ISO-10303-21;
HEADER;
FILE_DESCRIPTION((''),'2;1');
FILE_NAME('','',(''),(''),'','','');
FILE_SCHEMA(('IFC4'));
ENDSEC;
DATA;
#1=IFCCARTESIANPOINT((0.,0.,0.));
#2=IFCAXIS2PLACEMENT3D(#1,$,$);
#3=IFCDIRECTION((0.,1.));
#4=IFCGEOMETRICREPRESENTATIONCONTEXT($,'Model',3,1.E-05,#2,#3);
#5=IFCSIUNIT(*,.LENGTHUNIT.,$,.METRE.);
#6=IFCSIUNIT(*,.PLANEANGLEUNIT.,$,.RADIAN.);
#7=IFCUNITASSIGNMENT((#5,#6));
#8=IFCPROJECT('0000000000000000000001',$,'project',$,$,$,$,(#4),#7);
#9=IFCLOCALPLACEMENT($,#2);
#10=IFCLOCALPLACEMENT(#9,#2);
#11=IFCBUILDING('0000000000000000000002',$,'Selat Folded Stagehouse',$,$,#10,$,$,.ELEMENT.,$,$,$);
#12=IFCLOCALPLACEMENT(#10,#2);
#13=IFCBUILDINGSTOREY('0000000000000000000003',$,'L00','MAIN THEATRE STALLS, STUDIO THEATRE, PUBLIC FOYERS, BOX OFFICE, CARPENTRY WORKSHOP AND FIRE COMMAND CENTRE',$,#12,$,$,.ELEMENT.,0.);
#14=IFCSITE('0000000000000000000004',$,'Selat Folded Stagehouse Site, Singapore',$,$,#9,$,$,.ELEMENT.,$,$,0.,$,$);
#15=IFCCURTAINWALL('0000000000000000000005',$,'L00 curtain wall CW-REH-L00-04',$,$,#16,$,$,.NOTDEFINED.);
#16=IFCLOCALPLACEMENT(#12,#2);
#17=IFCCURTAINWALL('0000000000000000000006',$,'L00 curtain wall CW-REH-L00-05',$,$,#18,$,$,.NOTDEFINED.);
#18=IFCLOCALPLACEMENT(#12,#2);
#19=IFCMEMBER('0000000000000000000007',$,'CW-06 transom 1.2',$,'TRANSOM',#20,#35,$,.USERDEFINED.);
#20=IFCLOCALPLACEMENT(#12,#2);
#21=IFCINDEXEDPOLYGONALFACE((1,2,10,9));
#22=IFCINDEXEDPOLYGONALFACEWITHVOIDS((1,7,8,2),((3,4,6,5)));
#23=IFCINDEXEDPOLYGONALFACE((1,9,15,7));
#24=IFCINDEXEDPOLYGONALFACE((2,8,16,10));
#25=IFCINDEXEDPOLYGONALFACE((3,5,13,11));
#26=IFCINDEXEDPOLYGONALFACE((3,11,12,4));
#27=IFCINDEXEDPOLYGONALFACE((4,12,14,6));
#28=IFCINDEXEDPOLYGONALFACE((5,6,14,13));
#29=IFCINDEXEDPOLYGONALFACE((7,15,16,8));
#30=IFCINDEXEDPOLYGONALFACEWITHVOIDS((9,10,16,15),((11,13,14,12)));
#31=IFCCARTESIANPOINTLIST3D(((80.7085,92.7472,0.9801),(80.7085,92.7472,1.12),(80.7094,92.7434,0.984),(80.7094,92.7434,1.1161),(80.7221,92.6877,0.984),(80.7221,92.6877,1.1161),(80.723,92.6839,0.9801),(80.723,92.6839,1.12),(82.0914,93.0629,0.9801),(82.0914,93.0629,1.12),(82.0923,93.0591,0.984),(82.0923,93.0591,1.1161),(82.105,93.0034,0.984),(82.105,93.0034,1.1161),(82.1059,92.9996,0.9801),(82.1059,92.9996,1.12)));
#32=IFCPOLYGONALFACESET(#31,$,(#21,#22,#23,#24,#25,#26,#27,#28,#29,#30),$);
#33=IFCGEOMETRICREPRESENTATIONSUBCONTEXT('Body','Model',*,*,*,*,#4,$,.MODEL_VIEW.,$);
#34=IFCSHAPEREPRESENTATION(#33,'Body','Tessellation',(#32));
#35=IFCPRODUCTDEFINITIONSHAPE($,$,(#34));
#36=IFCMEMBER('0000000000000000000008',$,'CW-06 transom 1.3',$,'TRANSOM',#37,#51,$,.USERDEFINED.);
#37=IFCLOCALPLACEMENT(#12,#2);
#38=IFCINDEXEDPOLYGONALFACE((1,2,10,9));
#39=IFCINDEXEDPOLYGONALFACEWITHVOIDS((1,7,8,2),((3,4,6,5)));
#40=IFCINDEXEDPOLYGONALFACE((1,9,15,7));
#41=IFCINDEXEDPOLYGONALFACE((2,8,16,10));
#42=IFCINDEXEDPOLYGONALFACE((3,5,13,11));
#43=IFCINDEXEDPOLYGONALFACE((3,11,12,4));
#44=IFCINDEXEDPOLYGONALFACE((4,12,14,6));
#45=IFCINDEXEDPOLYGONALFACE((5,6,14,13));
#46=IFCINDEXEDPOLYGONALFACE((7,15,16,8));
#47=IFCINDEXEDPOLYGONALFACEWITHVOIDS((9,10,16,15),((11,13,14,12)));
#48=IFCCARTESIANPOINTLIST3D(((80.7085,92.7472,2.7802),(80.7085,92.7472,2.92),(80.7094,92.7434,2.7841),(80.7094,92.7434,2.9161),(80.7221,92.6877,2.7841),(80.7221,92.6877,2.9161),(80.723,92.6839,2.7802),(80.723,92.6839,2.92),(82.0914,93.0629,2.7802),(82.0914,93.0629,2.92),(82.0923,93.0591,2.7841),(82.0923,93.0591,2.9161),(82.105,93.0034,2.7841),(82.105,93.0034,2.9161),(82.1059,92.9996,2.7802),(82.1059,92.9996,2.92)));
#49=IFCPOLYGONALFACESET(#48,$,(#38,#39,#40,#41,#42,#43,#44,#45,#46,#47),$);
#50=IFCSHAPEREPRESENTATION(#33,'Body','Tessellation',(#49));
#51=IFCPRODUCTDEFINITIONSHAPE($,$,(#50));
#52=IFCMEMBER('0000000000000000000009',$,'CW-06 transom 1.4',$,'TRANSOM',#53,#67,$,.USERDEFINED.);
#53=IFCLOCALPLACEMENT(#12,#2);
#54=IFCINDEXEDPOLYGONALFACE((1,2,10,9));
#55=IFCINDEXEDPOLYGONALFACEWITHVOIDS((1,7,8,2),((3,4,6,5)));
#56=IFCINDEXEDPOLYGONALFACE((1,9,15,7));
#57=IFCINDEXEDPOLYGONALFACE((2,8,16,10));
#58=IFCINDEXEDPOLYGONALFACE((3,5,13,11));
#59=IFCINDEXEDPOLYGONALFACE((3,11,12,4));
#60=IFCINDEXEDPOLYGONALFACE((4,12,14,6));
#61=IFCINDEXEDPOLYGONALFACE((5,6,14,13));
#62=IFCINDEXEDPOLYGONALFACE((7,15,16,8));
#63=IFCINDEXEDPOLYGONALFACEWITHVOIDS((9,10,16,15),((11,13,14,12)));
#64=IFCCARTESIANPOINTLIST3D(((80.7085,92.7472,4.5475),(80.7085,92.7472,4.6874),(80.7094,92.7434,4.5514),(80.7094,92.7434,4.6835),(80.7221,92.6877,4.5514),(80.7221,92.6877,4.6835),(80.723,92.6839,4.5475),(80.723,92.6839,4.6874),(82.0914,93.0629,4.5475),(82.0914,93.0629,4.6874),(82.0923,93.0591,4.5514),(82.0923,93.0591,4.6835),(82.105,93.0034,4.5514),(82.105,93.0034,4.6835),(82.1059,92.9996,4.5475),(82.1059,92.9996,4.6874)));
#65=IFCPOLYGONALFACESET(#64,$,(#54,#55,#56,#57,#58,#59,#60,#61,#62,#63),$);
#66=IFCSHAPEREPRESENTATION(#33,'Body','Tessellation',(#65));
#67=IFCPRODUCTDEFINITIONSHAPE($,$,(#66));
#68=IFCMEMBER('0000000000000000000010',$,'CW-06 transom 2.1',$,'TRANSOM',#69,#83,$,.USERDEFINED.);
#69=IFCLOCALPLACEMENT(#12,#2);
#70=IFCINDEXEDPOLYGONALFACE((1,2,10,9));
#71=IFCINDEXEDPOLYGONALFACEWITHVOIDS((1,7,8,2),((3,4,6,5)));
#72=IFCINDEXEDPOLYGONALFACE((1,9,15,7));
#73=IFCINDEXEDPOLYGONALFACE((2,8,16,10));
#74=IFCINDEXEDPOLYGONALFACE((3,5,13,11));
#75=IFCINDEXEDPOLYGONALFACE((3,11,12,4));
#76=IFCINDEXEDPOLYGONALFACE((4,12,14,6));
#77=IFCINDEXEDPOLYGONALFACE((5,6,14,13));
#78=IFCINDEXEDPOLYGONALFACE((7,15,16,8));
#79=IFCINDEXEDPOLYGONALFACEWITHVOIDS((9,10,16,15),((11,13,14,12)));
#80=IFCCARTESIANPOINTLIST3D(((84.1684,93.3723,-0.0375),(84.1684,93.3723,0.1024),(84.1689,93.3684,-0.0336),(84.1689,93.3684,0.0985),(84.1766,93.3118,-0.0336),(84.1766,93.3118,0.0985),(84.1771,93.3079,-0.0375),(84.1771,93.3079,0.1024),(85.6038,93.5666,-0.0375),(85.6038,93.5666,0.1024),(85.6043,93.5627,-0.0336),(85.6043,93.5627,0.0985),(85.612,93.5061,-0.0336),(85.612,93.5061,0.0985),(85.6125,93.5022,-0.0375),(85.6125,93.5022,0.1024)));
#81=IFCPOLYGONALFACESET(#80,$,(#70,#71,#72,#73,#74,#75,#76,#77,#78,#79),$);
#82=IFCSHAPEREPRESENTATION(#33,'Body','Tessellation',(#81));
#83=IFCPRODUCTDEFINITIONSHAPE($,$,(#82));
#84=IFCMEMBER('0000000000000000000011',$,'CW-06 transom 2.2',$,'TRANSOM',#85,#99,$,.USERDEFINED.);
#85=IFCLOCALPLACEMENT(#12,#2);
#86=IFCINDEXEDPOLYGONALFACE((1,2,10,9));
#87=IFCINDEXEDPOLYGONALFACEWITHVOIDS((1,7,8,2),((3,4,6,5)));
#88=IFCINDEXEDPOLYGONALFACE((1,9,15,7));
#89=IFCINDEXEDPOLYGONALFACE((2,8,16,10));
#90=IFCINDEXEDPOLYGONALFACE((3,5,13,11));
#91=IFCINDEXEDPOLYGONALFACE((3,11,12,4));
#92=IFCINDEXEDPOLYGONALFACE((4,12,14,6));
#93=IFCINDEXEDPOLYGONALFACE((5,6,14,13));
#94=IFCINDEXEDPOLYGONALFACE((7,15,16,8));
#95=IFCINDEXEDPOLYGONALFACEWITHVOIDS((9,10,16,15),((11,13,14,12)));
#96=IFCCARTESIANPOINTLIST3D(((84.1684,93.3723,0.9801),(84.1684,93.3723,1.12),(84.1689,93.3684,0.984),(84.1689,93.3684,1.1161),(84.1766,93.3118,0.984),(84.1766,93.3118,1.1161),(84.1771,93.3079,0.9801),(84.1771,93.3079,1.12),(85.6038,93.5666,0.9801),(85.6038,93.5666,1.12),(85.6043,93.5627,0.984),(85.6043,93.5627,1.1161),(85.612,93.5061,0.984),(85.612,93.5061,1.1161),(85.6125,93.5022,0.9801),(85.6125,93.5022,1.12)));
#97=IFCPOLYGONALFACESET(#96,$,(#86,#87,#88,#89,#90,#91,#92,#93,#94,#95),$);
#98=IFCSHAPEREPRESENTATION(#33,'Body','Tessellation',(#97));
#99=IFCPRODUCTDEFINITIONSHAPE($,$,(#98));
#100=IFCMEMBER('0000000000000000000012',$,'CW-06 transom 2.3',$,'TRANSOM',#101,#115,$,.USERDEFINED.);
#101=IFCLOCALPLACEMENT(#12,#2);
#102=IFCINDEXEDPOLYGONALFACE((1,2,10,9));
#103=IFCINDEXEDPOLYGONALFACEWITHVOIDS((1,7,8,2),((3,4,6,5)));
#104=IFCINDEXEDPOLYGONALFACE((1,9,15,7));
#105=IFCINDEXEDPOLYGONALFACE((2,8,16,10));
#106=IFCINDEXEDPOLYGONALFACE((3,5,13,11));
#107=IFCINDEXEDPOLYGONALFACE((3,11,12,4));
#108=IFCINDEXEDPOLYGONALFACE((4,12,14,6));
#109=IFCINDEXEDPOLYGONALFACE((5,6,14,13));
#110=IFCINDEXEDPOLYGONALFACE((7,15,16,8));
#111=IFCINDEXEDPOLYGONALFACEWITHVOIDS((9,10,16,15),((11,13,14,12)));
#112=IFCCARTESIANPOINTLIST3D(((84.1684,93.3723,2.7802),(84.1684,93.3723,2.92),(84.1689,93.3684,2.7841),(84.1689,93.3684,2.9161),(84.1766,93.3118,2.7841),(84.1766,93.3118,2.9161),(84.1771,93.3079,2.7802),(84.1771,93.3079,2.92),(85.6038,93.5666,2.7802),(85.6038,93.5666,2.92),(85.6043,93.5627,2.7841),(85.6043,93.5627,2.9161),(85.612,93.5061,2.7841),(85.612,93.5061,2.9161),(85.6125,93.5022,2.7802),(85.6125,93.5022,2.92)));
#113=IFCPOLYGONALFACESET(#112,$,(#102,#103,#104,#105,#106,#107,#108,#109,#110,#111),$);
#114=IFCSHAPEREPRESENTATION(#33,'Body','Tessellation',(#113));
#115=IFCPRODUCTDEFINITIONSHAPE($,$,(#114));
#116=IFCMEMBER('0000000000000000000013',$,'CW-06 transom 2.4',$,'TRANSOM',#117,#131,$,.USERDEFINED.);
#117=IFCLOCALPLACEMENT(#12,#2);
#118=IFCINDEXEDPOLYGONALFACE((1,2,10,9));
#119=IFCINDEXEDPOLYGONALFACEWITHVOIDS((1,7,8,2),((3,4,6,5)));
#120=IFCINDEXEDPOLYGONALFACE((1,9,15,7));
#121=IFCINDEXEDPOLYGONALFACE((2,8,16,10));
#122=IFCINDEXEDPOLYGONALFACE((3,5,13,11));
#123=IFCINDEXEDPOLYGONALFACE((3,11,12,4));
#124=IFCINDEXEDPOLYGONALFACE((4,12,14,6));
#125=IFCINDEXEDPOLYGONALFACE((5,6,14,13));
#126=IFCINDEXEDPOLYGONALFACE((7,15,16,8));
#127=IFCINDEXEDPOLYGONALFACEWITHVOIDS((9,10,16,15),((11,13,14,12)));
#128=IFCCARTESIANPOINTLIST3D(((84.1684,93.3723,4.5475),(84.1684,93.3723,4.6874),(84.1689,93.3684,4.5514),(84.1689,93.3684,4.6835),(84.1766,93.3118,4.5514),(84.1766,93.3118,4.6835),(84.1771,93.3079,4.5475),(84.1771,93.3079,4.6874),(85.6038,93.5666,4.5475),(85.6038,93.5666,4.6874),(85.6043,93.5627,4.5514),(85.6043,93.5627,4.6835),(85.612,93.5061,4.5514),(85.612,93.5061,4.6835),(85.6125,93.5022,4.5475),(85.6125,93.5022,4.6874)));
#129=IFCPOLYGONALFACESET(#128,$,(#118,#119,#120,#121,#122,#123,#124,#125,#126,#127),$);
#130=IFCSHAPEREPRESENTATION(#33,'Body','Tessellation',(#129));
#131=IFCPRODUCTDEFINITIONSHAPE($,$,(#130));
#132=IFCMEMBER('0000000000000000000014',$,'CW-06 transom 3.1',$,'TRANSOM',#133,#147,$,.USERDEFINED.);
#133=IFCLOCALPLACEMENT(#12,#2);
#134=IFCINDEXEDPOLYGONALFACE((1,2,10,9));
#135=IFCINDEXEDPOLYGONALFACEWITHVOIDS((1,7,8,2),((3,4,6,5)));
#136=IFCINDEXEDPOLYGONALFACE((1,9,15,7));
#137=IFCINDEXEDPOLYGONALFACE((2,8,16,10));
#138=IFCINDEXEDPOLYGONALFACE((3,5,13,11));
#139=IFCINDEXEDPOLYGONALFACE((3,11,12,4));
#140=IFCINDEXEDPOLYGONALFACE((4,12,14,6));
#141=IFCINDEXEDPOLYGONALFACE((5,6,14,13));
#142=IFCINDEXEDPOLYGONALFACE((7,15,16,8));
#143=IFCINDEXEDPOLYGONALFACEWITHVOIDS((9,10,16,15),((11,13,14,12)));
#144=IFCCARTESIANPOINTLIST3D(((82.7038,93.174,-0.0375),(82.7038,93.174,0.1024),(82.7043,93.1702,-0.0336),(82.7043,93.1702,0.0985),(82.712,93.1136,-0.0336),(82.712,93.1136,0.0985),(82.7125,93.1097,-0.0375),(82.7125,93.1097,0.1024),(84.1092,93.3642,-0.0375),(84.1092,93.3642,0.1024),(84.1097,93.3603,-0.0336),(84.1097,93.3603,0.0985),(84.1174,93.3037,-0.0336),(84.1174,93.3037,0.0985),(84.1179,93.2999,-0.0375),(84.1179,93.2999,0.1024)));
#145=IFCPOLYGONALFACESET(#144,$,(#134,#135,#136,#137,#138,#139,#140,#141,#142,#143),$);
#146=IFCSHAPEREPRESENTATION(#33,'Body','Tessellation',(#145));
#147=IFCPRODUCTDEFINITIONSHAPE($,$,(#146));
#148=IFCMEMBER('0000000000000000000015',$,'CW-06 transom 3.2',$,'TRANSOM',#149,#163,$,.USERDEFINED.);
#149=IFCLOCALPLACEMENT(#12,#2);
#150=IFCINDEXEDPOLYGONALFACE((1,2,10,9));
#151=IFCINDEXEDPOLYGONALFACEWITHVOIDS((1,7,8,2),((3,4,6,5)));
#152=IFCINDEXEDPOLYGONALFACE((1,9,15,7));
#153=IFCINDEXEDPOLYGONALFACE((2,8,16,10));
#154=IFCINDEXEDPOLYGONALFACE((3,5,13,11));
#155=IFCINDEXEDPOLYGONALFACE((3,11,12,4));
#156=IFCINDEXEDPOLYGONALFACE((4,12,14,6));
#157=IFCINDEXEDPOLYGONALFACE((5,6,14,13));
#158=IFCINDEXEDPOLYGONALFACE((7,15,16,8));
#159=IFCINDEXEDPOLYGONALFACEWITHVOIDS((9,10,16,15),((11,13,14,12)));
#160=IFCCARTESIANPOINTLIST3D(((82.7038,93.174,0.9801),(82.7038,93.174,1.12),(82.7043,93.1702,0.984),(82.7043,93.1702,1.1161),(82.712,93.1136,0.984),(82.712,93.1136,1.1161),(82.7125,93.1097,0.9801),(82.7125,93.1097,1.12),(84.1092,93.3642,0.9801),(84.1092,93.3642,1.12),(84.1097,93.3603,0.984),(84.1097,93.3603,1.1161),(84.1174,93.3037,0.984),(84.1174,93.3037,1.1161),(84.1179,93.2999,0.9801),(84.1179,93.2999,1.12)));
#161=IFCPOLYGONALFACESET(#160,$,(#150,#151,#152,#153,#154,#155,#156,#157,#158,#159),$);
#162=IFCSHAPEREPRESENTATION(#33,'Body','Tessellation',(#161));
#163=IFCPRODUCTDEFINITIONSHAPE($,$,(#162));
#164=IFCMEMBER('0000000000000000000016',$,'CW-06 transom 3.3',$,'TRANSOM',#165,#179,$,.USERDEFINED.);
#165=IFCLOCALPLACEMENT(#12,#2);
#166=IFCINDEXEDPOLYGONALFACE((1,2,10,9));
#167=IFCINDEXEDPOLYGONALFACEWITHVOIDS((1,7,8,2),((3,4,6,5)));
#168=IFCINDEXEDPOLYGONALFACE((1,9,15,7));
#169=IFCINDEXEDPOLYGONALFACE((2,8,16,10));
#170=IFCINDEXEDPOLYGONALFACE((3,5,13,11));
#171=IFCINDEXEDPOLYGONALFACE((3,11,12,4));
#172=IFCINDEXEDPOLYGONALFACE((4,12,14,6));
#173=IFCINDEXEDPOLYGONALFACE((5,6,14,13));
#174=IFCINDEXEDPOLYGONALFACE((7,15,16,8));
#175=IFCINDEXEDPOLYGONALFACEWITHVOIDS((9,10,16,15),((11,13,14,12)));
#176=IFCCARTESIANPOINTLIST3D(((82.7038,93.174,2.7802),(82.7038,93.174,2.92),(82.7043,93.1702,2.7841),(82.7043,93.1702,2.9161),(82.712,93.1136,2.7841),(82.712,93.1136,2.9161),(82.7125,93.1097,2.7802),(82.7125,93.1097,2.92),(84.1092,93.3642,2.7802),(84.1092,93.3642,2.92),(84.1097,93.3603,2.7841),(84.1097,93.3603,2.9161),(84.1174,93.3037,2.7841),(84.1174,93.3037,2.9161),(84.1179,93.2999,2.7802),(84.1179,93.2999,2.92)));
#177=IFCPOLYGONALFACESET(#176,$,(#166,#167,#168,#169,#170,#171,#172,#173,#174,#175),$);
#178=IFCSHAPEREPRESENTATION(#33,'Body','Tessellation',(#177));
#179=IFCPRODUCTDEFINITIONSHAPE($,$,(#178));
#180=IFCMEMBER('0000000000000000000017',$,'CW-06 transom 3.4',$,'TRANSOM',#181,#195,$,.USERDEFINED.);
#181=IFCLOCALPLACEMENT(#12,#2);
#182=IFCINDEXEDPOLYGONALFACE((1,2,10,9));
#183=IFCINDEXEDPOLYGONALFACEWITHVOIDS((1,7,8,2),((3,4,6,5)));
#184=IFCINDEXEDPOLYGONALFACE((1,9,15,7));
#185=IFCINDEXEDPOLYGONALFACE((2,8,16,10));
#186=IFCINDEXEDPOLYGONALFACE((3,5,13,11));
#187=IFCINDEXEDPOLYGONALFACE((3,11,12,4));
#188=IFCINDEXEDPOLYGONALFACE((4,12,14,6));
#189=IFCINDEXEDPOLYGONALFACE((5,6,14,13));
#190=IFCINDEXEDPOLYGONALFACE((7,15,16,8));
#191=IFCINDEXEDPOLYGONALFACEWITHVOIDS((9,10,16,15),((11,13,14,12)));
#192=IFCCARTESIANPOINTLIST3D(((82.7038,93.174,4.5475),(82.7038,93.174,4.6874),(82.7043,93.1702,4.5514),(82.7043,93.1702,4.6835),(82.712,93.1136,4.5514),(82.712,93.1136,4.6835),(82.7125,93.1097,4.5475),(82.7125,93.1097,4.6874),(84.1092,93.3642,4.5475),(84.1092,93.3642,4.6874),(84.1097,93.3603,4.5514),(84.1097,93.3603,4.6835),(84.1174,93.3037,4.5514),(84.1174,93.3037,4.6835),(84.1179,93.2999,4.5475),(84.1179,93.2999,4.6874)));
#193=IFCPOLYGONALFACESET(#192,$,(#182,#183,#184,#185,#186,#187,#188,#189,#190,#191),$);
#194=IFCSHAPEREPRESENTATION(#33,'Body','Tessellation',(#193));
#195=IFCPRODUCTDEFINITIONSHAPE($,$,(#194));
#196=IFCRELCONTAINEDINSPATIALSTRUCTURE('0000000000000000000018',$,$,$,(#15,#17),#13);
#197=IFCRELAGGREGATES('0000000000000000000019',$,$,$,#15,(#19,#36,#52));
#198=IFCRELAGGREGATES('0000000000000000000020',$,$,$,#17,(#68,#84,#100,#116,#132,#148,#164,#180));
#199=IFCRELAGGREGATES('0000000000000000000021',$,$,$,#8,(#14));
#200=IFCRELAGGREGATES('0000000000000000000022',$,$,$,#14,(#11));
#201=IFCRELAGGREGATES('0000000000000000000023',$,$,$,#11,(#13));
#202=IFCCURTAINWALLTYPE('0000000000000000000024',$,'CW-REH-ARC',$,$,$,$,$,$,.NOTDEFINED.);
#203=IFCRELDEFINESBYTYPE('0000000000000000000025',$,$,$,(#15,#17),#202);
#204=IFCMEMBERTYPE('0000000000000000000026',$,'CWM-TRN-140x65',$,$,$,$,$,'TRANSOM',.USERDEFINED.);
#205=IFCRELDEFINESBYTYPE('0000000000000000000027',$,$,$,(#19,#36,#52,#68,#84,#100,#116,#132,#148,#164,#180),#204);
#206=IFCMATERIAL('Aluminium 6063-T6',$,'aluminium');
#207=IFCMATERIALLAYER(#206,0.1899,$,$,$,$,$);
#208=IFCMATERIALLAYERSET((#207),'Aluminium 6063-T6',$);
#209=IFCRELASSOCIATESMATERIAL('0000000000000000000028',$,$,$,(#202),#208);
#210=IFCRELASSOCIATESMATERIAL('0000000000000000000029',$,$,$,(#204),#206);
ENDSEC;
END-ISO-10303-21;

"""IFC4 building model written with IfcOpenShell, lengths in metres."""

from ifc_helpers import new_model, si_unit, direction, frame, origin, origin_2d, place, context, subcontext, project, spatial, hollow_rectangle, extrude, material, layer, layer_set, material_profile, profile_set, type_object, element, aggregate, save


model = new_model("IFC4")

# Units and contexts
model_context = context("Model", 3, precision=1e-05, world=origin(), true_north=direction((0.0, 1.0)))
body_context = subcontext(model_context, "Body", "Model", "MODEL_VIEW")
ifc_project = project(units=[si_unit("LENGTHUNIT", "METRE"), si_unit("PLANEANGLEUNIT", "RADIAN")], contexts=[model_context])

# Site, building, storey
site_placement = place(None, origin())
site = spatial("IfcSite", under=ifc_project, at=site_placement, Name="Selat Folded Stagehouse Site, Singapore", CompositionType="ELEMENT", RefElevation=0.0)
building_placement = place(site_placement, origin())
building = spatial("IfcBuilding", under=site, at=building_placement, Name="Selat Folded Stagehouse", CompositionType="ELEMENT")
storey_placement = place(building_placement, origin())
storey = spatial("IfcBuildingStorey", under=building, at=storey_placement, Name="L00", Description="MAIN THEATRE STALLS, STUDIO THEATRE, PUBLIC FOYERS, BOX OFFICE, CARPENTRY WORKSHOP AND FIRE COMMAND CENTRE", CompositionType="ELEMENT", Elevation=0.0)

# Curtain walls
ifc_material_1 = material(Name="Aluminium 6063-T6", Category="aluminium")
ifc_layer_1 = layer(ifc_material_1, 0.1899)
ifc_layer_set_1 = layer_set([ifc_layer_1], Name="Aluminium 6063-T6")
curtain_wall_type = type_object("IfcCurtainWallType", Name="CW-REH-ARC", PredefinedType="NOTDEFINED", material=ifc_layer_set_1)
curtain_wall_1_placement = place(storey_placement, origin())
curtain_wall_1 = element("IfcCurtainWall", 1, at=curtain_wall_1_placement, inside=storey, type_object=curtain_wall_type, Name="L00 curtain wall CW-REH-L00-04", PredefinedType="NOTDEFINED")
curtain_wall_2_placement = place(storey_placement, origin())
curtain_wall_2 = element("IfcCurtainWall", 2, at=curtain_wall_2_placement, inside=storey, type_object=curtain_wall_type, Name="L00 curtain wall CW-REH-L00-05", PredefinedType="NOTDEFINED")

# Members
ifc_material_profile_1 = material_profile(ifc_material_1, hollow_rectangle(XDim=0.0649, YDim=0.1399, WallThickness=0.0039, at=origin_2d()), Name="ALU 140x65x4.0")
ifc_profile_set_1 = profile_set([ifc_material_profile_1], Name="Aluminium 6063-T6")
member_type_1 = type_object("IfcMemberType", Name="CWM-TRN-140x65", ElementType="TRANSOM", PredefinedType="USERDEFINED", material=ifc_profile_set_1)
member_1_placement = place(storey_placement, frame((82.0986, 93.0312, 1.05), z_axis=(-0.974919, -0.222558, 0.0), x_axis=(0.222558, -0.974919, 0.0)))
member_1 = element("IfcMember", 3, at=member_1_placement, type_object=member_type_1, Name="CW-06 transom 1.2", ObjectType="TRANSOM", PredefinedType="USERDEFINED", context=body_context, shape_type="SweptSolid", body=[
    extrude(hollow_rectangle(XDim=0.0649, YDim=0.1399, WallThickness=0.0039, at=origin_2d()), origin(), (0.0, 0.0, 1.0), 1.4185),
])
member_2_placement = place(storey_placement, frame((82.0986, 93.0312, 2.8501), z_axis=(-0.974919, -0.222558, 0.0), x_axis=(0.222558, -0.974919, 0.0)))
member_2 = element("IfcMember", 4, at=member_2_placement, type_object=member_type_1, Name="CW-06 transom 1.3", ObjectType="TRANSOM", PredefinedType="USERDEFINED", context=body_context, shape_type="SweptSolid", body=[
    extrude(hollow_rectangle(XDim=0.0649, YDim=0.1399, WallThickness=0.0039, at=origin_2d()), origin(), (0.0, 0.0, 1.0), 1.4185),
])
member_3_placement = place(storey_placement, frame((82.0986, 93.0312, 4.6174), z_axis=(-0.974919, -0.222558, 0.0), x_axis=(0.222558, -0.974919, 0.0)))
member_3 = element("IfcMember", 5, at=member_3_placement, type_object=member_type_1, Name="CW-06 transom 1.4", ObjectType="TRANSOM", PredefinedType="USERDEFINED", context=body_context, shape_type="SweptSolid", body=[
    extrude(hollow_rectangle(XDim=0.0649, YDim=0.1399, WallThickness=0.0039, at=origin_2d()), origin(), (0.0, 0.0, 1.0), 1.4185),
])
member_4_placement = place(storey_placement, frame((85.6082, 93.5344, 0.0325), z_axis=(-0.990958, -0.134173, 0.0), x_axis=(0.134173, -0.990958, 0.0)))
member_4 = element("IfcMember", 6, at=member_4_placement, type_object=member_type_1, Name="CW-06 transom 2.1", ObjectType="TRANSOM", PredefinedType="USERDEFINED", context=body_context, shape_type="SweptSolid", body=[
    extrude(hollow_rectangle(XDim=0.0649, YDim=0.1399, WallThickness=0.0039, at=origin_2d()), origin(), (0.0, 0.0, 1.0), 1.4485),
])
member_5_placement = place(storey_placement, frame((85.6082, 93.5344, 1.05), z_axis=(-0.990958, -0.134173, 0.0), x_axis=(0.134173, -0.990958, 0.0)))
member_5 = element("IfcMember", 7, at=member_5_placement, type_object=member_type_1, Name="CW-06 transom 2.2", ObjectType="TRANSOM", PredefinedType="USERDEFINED", context=body_context, shape_type="SweptSolid", body=[
    extrude(hollow_rectangle(XDim=0.0649, YDim=0.1399, WallThickness=0.0039, at=origin_2d()), origin(), (0.0, 0.0, 1.0), 1.4485),
])
member_6_placement = place(storey_placement, frame((85.6082, 93.5344, 2.8501), z_axis=(-0.990958, -0.134173, 0.0), x_axis=(0.134173, -0.990958, 0.0)))
member_6 = element("IfcMember", 8, at=member_6_placement, type_object=member_type_1, Name="CW-06 transom 2.3", ObjectType="TRANSOM", PredefinedType="USERDEFINED", context=body_context, shape_type="SweptSolid", body=[
    extrude(hollow_rectangle(XDim=0.0649, YDim=0.1399, WallThickness=0.0039, at=origin_2d()), origin(), (0.0, 0.0, 1.0), 1.4485),
])
member_7_placement = place(storey_placement, frame((85.6082, 93.5344, 4.6174), z_axis=(-0.990958, -0.134173, 0.0), x_axis=(0.134173, -0.990958, 0.0)))
member_7 = element("IfcMember", 9, at=member_7_placement, type_object=member_type_1, Name="CW-06 transom 2.4", ObjectType="TRANSOM", PredefinedType="USERDEFINED", context=body_context, shape_type="SweptSolid", body=[
    extrude(hollow_rectangle(XDim=0.0649, YDim=0.1399, WallThickness=0.0039, at=origin_2d()), origin(), (0.0, 0.0, 1.0), 1.4485),
])
member_8_placement = place(storey_placement, frame((84.1135, 93.332, 0.0325), z_axis=(-0.990969, -0.134092, 0.0), x_axis=(0.134092, -0.990969, 0.0)))
member_8 = element("IfcMember", 10, at=member_8_placement, type_object=member_type_1, Name="CW-06 transom 3.1", ObjectType="TRANSOM", PredefinedType="USERDEFINED", context=body_context, shape_type="SweptSolid", body=[
    extrude(hollow_rectangle(XDim=0.0649, YDim=0.1399, WallThickness=0.0039, at=origin_2d()), origin(), (0.0, 0.0, 1.0), 1.4182),
])
member_9_placement = place(storey_placement, frame((84.1135, 93.332, 1.05), z_axis=(-0.990969, -0.134092, 0.0), x_axis=(0.134092, -0.990969, 0.0)))
member_9 = element("IfcMember", 11, at=member_9_placement, type_object=member_type_1, Name="CW-06 transom 3.2", ObjectType="TRANSOM", PredefinedType="USERDEFINED", context=body_context, shape_type="SweptSolid", body=[
    extrude(hollow_rectangle(XDim=0.0649, YDim=0.1399, WallThickness=0.0039, at=origin_2d()), origin(), (0.0, 0.0, 1.0), 1.4182),
])
member_10_placement = place(storey_placement, frame((84.1135, 93.332, 2.8501), z_axis=(-0.990969, -0.134092, 0.0), x_axis=(0.134092, -0.990969, 0.0)))
member_10 = element("IfcMember", 12, at=member_10_placement, type_object=member_type_1, Name="CW-06 transom 3.3", ObjectType="TRANSOM", PredefinedType="USERDEFINED", context=body_context, shape_type="SweptSolid", body=[
    extrude(hollow_rectangle(XDim=0.0649, YDim=0.1399, WallThickness=0.0039, at=origin_2d()), origin(), (0.0, 0.0, 1.0), 1.4182),
])
member_11_placement = place(storey_placement, frame((84.1135, 93.332, 4.6174), z_axis=(-0.990969, -0.134092, 0.0), x_axis=(0.134092, -0.990969, 0.0)))
member_11 = element("IfcMember", 13, at=member_11_placement, type_object=member_type_1, Name="CW-06 transom 3.4", ObjectType="TRANSOM", PredefinedType="USERDEFINED", context=body_context, shape_type="SweptSolid", body=[
    extrude(hollow_rectangle(XDim=0.0649, YDim=0.1399, WallThickness=0.0039, at=origin_2d()), origin(), (0.0, 0.0, 1.0), 1.4182),
])

aggregate(curtain_wall_1, [member_1, member_2, member_3])
aggregate(curtain_wall_2, [member_4, member_5, member_6, member_7, member_8, member_9, member_10, member_11])

save(model, "model.ifc")
